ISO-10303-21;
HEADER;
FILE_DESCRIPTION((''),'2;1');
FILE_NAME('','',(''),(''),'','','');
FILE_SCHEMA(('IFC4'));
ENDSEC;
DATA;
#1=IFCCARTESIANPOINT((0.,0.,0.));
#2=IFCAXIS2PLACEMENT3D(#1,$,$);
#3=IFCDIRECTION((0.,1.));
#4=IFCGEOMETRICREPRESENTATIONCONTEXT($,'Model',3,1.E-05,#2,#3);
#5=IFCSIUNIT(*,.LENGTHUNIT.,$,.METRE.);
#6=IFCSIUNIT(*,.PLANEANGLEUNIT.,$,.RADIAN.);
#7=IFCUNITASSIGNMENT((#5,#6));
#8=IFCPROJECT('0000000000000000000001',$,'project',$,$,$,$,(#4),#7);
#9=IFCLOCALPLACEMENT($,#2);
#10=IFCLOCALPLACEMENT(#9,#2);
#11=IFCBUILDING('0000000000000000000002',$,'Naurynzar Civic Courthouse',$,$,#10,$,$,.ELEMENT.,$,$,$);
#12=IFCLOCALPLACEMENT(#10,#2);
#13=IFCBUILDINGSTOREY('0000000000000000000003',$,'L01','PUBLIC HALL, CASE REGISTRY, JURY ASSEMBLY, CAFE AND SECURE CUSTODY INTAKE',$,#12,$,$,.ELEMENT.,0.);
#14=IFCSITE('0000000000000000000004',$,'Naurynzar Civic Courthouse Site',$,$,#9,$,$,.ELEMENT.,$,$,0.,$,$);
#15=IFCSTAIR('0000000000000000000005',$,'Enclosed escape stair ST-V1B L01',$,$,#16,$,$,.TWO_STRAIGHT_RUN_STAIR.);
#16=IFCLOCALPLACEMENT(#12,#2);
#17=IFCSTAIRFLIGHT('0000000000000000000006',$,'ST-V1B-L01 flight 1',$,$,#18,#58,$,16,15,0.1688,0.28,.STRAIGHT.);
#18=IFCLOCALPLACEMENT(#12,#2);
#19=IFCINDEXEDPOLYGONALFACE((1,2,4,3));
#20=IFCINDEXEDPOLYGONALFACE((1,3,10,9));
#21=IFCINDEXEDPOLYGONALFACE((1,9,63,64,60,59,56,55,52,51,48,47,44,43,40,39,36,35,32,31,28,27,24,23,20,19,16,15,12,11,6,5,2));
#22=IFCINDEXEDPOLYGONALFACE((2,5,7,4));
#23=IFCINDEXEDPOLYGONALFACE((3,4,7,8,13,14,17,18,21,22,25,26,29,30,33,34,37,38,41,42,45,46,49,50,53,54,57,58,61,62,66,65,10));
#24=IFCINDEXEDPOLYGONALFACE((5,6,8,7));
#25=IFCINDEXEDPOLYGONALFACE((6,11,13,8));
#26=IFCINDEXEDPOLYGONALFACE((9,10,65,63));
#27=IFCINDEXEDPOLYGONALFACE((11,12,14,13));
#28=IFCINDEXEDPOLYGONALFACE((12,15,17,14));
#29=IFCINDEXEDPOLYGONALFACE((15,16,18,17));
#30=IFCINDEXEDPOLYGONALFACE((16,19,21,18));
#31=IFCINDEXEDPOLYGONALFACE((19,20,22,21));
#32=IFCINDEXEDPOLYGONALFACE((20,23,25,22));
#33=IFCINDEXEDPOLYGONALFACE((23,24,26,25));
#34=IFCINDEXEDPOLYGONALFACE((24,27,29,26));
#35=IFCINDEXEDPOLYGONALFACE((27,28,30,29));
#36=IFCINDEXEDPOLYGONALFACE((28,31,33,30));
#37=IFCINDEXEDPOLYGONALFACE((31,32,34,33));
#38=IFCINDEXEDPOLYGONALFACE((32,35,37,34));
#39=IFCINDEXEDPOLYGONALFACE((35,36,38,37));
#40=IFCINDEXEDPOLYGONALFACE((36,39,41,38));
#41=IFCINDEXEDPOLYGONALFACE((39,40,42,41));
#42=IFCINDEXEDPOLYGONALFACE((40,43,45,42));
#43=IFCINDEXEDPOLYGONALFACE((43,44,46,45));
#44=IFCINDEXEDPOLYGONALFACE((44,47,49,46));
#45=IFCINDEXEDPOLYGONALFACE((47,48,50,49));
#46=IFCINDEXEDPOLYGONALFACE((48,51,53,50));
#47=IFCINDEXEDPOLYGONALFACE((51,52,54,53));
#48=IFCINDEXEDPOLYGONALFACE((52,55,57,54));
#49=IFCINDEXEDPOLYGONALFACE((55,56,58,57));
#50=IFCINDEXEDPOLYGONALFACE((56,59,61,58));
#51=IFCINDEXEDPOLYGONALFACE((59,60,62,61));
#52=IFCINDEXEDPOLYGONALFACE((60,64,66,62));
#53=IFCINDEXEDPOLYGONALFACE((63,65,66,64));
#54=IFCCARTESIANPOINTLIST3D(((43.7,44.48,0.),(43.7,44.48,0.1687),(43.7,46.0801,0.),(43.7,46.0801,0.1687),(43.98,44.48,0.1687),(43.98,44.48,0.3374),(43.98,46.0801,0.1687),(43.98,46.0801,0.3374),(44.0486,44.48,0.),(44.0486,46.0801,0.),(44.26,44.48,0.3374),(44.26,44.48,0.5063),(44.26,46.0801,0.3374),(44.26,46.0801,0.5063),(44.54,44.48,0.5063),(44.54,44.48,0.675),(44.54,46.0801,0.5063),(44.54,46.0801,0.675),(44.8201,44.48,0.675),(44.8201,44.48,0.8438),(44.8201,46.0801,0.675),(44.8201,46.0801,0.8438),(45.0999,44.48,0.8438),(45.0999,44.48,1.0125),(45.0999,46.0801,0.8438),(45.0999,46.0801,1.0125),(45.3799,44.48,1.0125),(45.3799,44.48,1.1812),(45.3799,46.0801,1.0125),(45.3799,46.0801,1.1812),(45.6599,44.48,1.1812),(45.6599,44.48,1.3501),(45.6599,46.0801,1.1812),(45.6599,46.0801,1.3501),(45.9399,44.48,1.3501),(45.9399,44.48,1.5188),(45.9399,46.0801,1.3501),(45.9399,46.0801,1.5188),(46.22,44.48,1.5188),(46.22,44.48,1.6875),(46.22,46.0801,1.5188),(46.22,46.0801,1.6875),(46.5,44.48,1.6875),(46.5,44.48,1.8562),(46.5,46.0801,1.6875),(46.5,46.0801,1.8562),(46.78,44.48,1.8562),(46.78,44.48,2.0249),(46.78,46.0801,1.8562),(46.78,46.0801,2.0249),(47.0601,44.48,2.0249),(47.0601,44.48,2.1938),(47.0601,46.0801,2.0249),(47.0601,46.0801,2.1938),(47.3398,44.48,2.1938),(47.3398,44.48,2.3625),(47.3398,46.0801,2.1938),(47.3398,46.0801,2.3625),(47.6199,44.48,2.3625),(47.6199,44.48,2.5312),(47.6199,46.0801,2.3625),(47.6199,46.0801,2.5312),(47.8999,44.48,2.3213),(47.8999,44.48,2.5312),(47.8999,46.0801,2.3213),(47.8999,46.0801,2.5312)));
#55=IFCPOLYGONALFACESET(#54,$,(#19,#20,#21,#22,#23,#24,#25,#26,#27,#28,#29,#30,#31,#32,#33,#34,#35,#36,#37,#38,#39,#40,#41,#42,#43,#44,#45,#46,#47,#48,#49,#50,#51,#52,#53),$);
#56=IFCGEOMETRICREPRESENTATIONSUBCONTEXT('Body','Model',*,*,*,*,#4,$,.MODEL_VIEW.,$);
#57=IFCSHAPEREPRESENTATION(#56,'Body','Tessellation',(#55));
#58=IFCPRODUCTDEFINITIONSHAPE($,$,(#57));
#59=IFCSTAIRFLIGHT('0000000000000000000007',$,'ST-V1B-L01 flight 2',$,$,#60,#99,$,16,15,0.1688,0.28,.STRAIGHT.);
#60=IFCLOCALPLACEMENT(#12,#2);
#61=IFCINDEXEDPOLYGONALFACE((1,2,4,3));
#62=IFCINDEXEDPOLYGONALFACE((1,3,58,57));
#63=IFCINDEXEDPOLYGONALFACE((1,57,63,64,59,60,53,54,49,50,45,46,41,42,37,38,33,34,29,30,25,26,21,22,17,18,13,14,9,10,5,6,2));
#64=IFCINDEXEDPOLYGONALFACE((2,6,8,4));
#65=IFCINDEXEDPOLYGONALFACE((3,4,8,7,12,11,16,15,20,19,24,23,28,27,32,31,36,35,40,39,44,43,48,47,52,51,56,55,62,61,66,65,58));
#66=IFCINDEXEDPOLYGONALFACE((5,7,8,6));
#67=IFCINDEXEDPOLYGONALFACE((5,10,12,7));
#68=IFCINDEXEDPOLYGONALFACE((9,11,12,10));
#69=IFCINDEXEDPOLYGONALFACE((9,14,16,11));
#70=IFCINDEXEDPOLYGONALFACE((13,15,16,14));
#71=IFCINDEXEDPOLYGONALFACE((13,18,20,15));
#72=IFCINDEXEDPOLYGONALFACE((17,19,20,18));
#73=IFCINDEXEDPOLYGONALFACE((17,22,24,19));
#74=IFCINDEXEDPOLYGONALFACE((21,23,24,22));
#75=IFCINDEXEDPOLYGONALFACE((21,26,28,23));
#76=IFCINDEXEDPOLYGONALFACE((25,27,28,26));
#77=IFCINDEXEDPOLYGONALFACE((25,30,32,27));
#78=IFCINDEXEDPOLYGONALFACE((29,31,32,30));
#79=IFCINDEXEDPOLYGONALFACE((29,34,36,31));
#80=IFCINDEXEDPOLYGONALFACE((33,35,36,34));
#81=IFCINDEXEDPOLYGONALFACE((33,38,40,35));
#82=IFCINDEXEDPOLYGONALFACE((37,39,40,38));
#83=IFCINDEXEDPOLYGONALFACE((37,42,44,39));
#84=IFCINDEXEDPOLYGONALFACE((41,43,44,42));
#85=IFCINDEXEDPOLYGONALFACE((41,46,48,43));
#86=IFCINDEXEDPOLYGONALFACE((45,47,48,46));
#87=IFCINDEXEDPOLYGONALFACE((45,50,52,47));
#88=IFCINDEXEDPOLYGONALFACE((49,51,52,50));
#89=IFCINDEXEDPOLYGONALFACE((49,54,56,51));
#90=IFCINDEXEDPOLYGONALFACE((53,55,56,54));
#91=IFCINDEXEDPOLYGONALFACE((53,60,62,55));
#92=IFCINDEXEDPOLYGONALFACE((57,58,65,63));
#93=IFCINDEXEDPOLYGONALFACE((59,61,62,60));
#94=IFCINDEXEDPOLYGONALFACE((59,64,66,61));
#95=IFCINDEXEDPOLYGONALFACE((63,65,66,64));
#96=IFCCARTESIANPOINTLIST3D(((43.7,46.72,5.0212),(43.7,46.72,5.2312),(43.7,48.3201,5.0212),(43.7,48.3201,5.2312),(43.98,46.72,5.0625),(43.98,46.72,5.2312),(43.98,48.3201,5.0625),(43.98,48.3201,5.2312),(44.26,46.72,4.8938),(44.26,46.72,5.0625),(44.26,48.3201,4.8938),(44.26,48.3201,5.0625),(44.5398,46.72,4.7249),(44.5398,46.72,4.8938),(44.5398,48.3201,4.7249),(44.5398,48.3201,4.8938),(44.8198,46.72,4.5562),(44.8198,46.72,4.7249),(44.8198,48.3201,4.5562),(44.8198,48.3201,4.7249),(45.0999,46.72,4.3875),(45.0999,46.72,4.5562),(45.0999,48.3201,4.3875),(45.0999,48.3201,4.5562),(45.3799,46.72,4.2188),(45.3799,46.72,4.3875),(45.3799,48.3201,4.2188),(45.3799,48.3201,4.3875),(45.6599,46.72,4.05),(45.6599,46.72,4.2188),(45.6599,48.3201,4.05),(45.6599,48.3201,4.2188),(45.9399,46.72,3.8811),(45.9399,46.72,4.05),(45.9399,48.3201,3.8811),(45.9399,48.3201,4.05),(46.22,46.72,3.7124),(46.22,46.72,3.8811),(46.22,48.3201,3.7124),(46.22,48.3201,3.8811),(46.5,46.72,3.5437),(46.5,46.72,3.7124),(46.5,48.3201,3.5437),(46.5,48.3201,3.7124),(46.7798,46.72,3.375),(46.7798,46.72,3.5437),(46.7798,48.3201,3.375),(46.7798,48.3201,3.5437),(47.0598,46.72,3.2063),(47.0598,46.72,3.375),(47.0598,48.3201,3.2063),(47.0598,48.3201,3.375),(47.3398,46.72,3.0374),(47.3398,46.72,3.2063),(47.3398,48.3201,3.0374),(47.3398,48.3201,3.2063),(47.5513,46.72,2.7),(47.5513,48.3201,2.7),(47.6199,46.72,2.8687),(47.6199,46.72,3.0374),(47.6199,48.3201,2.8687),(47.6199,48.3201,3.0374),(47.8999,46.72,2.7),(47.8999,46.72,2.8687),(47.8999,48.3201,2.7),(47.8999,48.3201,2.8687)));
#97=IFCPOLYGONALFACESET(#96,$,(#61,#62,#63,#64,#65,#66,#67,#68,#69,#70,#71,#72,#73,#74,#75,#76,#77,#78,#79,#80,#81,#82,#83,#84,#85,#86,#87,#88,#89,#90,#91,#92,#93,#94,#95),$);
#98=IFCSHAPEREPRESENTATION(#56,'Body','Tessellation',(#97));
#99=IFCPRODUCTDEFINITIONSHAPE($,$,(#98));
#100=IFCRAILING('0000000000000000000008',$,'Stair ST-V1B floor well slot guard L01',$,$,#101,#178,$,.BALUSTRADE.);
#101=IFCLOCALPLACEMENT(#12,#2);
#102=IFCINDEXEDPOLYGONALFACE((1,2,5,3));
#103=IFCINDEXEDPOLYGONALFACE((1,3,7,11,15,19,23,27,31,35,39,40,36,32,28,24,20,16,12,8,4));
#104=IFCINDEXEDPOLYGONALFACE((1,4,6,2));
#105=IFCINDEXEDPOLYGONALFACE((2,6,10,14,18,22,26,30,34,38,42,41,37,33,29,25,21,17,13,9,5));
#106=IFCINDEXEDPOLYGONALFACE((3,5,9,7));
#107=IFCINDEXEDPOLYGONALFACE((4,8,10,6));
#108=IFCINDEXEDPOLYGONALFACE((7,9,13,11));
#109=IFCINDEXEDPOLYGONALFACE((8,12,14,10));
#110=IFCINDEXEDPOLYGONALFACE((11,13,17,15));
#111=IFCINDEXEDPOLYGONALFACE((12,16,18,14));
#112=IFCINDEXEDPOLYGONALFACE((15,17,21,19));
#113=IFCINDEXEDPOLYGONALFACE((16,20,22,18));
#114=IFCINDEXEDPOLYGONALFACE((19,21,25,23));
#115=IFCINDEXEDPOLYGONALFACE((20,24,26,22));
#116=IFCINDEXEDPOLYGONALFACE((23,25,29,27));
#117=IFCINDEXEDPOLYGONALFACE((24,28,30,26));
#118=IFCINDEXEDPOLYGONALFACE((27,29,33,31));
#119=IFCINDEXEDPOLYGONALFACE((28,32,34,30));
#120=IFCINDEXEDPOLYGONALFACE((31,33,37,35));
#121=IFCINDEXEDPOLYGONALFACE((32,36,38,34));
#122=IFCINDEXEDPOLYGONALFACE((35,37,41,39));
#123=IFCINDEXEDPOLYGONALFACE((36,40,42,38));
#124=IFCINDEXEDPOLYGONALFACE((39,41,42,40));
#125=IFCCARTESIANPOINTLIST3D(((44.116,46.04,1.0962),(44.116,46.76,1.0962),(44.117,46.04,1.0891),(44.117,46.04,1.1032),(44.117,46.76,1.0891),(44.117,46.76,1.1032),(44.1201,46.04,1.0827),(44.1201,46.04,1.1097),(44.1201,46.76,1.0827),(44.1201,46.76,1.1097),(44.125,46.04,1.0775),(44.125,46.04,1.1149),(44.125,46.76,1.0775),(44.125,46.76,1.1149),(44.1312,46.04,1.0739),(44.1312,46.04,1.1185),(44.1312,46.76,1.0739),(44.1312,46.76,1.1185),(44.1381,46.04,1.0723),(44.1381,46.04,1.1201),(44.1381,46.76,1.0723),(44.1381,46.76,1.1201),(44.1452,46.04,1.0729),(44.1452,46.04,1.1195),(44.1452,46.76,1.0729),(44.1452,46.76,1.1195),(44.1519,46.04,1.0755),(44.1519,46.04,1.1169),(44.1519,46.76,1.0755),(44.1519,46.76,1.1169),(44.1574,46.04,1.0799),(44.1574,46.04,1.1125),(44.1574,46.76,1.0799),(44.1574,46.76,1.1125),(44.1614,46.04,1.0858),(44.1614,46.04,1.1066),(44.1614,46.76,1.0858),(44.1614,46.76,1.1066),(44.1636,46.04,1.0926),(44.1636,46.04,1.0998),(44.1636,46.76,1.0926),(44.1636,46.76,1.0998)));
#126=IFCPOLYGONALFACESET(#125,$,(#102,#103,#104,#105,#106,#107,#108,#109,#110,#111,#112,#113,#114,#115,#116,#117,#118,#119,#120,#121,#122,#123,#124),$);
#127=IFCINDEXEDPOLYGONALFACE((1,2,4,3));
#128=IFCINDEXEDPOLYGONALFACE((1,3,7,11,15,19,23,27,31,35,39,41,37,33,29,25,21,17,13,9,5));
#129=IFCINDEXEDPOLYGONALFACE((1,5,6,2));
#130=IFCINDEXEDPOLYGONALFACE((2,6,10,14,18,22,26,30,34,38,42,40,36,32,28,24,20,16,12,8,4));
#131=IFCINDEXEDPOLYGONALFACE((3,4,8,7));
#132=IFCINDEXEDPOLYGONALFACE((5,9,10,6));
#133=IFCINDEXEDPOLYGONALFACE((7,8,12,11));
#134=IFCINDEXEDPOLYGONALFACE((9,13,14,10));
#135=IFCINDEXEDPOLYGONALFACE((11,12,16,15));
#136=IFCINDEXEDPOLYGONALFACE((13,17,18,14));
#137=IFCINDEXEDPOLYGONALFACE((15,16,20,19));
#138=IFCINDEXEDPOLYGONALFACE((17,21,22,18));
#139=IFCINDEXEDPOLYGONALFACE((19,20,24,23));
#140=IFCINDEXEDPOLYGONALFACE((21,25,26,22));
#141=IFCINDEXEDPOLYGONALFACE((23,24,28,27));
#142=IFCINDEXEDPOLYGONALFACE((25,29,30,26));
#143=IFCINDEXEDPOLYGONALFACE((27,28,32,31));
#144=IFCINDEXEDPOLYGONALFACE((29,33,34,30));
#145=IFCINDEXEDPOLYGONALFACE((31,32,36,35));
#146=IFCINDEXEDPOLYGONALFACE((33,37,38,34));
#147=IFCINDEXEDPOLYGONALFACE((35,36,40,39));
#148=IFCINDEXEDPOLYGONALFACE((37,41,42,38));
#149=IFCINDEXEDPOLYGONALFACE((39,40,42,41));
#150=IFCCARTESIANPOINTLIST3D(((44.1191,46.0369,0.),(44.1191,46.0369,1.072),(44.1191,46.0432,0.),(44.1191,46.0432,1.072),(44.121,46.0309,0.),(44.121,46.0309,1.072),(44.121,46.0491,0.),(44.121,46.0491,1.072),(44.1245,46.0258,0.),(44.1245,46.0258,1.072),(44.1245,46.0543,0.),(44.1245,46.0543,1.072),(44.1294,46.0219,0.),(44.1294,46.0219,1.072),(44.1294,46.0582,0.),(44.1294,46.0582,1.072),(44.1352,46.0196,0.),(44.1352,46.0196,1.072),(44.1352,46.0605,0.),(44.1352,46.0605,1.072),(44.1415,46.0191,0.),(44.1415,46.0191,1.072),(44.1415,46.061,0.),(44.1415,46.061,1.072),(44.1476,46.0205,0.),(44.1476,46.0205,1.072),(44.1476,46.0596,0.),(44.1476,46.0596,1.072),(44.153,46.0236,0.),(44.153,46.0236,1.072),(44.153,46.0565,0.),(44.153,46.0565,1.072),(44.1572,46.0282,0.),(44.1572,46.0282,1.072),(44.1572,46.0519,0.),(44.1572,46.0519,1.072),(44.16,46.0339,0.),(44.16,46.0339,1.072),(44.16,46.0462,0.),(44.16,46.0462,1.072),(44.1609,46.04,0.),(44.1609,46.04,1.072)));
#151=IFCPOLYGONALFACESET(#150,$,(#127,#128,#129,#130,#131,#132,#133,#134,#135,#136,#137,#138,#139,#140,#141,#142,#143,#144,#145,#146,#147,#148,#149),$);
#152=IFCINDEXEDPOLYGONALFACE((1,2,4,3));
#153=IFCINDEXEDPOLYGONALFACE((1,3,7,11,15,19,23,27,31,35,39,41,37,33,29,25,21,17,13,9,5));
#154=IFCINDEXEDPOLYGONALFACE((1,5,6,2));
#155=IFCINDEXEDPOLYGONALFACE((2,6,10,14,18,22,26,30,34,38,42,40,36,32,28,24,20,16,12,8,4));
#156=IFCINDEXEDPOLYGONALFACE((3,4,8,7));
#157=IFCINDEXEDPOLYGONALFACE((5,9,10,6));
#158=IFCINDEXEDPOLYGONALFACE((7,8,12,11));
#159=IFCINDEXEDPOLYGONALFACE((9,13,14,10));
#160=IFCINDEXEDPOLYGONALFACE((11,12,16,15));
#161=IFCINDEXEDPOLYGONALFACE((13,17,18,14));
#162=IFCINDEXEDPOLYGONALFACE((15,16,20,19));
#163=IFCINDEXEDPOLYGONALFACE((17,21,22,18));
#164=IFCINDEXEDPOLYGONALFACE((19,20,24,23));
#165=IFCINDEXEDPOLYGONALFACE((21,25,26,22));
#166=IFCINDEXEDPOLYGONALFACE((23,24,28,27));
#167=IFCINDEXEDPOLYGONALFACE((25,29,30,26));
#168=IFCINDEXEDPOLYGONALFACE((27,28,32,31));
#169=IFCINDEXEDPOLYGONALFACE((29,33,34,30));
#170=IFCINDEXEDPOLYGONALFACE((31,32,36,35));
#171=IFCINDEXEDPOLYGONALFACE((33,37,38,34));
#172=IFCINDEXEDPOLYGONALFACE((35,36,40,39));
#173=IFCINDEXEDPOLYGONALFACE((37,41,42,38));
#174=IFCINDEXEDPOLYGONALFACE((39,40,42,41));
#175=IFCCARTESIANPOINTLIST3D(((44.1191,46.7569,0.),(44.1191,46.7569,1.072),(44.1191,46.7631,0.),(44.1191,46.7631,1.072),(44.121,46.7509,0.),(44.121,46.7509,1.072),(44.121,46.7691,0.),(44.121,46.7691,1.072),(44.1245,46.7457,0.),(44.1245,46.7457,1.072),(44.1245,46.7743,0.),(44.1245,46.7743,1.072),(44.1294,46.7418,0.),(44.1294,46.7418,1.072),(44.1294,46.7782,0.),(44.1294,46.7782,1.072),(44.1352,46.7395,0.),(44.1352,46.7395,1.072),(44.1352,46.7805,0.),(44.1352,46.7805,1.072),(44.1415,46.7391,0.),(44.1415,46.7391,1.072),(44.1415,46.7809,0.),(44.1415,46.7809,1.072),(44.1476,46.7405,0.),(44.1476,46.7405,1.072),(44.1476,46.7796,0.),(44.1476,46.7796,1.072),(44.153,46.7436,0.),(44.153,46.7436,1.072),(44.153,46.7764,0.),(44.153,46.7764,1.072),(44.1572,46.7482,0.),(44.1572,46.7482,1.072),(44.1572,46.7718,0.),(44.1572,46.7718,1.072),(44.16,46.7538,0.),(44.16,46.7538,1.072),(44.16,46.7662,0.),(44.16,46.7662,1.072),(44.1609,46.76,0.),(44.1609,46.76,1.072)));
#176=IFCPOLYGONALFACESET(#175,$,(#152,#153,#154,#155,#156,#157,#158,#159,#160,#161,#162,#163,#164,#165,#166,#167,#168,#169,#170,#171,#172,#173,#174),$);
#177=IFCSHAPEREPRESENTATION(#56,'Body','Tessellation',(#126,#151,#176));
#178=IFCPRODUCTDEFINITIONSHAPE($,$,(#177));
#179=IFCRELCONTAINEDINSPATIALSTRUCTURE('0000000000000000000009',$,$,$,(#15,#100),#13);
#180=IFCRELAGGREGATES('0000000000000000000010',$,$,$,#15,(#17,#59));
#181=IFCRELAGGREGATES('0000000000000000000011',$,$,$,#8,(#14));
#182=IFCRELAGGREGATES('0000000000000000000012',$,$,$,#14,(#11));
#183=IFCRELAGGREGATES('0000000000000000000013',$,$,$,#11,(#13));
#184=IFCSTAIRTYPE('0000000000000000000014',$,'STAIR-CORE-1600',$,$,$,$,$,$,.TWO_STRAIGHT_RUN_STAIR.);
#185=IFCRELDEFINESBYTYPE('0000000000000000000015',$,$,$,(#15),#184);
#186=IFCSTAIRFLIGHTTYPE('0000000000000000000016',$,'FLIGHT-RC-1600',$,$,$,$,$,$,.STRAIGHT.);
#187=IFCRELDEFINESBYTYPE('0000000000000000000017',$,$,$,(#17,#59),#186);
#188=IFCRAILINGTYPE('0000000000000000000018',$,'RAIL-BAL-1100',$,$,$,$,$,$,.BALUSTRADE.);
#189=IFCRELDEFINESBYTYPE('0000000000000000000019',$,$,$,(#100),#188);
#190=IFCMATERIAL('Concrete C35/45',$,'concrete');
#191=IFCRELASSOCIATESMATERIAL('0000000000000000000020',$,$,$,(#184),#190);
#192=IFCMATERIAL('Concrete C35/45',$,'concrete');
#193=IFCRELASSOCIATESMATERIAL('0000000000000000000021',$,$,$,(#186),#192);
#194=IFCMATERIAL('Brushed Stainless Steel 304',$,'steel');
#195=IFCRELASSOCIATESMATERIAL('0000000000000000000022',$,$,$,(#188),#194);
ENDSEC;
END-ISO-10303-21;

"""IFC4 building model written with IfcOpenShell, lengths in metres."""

from ifc_helpers import new_model, si_unit, direction, frame, origin, origin_2d, place, context, subcontext, project, spatial, polyline, circle, outline, extrude, material, type_object, element, aggregate, save


model = new_model("IFC4")

# Units and contexts
model_context = context("Model", 3, precision=1e-05, world=origin(), true_north=direction((0.0, 1.0)))
body_context = subcontext(model_context, "Body", "Model", "MODEL_VIEW")
ifc_project = project(units=[si_unit("LENGTHUNIT", "METRE"), si_unit("PLANEANGLEUNIT", "RADIAN")], contexts=[model_context])

# Site, building, storey
site_placement = place(None, origin())
site = spatial("IfcSite", under=ifc_project, at=site_placement, Name="Naurynzar Civic Courthouse Site", CompositionType="ELEMENT", RefElevation=0.0)
building_placement = place(site_placement, origin())
building = spatial("IfcBuilding", under=site, at=building_placement, Name="Naurynzar Civic Courthouse", CompositionType="ELEMENT")
storey_placement = place(building_placement, origin())
storey = spatial("IfcBuildingStorey", under=building, at=storey_placement, Name="L01", Description="PUBLIC HALL, CASE REGISTRY, JURY ASSEMBLY, CAFE AND SECURE CUSTODY INTAKE", CompositionType="ELEMENT", Elevation=0.0)

# Stair, stair flights
ifc_material_1 = material(Name="Concrete C35/45", Category="concrete")
stair_type = type_object("IfcStairType", Name="STAIR-CORE-1600", PredefinedType="TWO_STRAIGHT_RUN_STAIR", material=ifc_material_1)
stair_placement = place(storey_placement, origin())
stair = element("IfcStair", 1, at=stair_placement, inside=storey, type_object=stair_type, Name="Enclosed escape stair ST-V1B L01", PredefinedType="TWO_STRAIGHT_RUN_STAIR")
ifc_material_2 = material(Name="Concrete C35/45", Category="concrete")
stair_flight_type = type_object("IfcStairFlightType", Name="FLIGHT-RC-1600", PredefinedType="STRAIGHT", material=ifc_material_2)
stair_flight_1_placement = place(storey_placement, frame((43.7, 45.28, 0.0), z_axis=(0.0, 0.0, 1.0), x_axis=(1.0, 0.0, 0.0)))
stair_flight_1 = element("IfcStairFlight", 2, at=stair_flight_1_placement, type_object=stair_flight_type, Name="ST-V1B-L01 flight 1", NumberOfRisers=16, NumberOfTreads=15, PredefinedType="STRAIGHT", RiserHeight=0.1688, TreadLength=0.28, context=body_context, shape_type="SweptSolid", body=[
    extrude(outline(polyline([(0.0, 0.0), (0.0, 0.1687), (0.28, 0.1687), (0.28, 0.3374), (0.5601, 0.3374), (0.5601, 0.5063), (0.8401, 0.5063), (0.8401, 0.675), (1.1201, 0.675), (1.1201, 0.8438), (1.3999, 0.8438), (1.3999, 1.0125), (1.6799, 1.0125), (1.6799, 1.1812), (1.96, 1.1812), (1.96, 1.3501), (2.24, 1.3501), (2.24, 1.5188), (2.52, 1.5188), (2.52, 1.6875), (2.8, 1.6875), (2.8, 1.8562), (3.0801, 1.8562), (3.0801, 2.0249), (3.3601, 2.0249), (3.3601, 2.1938), (3.6399, 2.1938), (3.6399, 2.3625), (3.9199, 2.3625), (3.9199, 2.5312), (4.2, 2.5312), (4.2, 2.7), (4.2, 2.3213), (0.3486, 0.0), (0.0, 0.0)])), frame((0.0, 0.8, 0.0), z_axis=(0.0, -1.0, 0.0), x_axis=(1.0, 0.0, 0.0)), (0.0, 0.0, 1.0), 1.6001),
])
stair_flight_2_placement = place(storey_placement, frame((47.8999, 47.52, 2.7), z_axis=(0.0, 0.0, 1.0), x_axis=(-1.0, 0.0, 0.0)))
stair_flight_2 = element("IfcStairFlight", 3, at=stair_flight_2_placement, type_object=stair_flight_type, Name="ST-V1B-L01 flight 2", NumberOfRisers=16, NumberOfTreads=15, PredefinedType="STRAIGHT", RiserHeight=0.1688, TreadLength=0.28, context=body_context, shape_type="SweptSolid", body=[
    extrude(outline(polyline([(0.0, 0.0), (0.0, 0.1687), (0.28, 0.1687), (0.28, 0.3374), (0.5601, 0.3374), (0.5601, 0.5063), (0.8401, 0.5063), (0.8401, 0.675), (1.1201, 0.675), (1.1201, 0.8438), (1.3999, 0.8438), (1.3999, 1.0125), (1.6799, 1.0125), (1.6799, 1.1812), (1.96, 1.1812), (1.96, 1.3501), (2.24, 1.3501), (2.24, 1.5188), (2.52, 1.5188), (2.52, 1.6875), (2.8, 1.6875), (2.8, 1.8562), (3.0801, 1.8562), (3.0801, 2.0249), (3.3601, 2.0249), (3.3601, 2.1938), (3.6399, 2.1938), (3.6399, 2.3625), (3.9199, 2.3625), (3.9199, 2.5312), (4.2, 2.5312), (4.2, 2.7), (4.2, 2.3213), (0.3486, 0.0), (0.0, 0.0)])), frame((0.0, 0.8, 0.0), z_axis=(0.0, -1.0, 0.0), x_axis=(1.0, 0.0, 0.0)), (0.0, 0.0, 1.0), 1.6001),
])
aggregate(stair, [stair_flight_1, stair_flight_2])

# Railing
ifc_material_3 = material(Name="Brushed Stainless Steel 304", Category="steel")
railing_type_1 = type_object("IfcRailingType", Name="RAIL-BAL-1100", PredefinedType="BALUSTRADE", material=ifc_material_3)
for number, where, name in (
    (4, (44.1399, 46.04, 0.0), "Stair ST-V1B floor well slot guard L01"),
):
    element("IfcRailing", number, at=place(storey_placement, frame(where)), inside=storey, type_object=railing_type_1, Name=name, PredefinedType="BALUSTRADE", context=body_context, shape_type="SweptSolid", body=[
        extrude(circle(Radius=0.0239, at=origin_2d()), frame((0.0, 0.0, 1.0962), z_axis=(0.0, 1.0, 0.0), x_axis=(-1.0, 0.0, 0.0)), (0.0, 0.0, 1.0), 0.72),
        extrude(circle(Radius=0.021, at=origin_2d()), origin(), (0.0, 0.0, 1.0), 1.072),
        extrude(circle(Radius=0.021, at=origin_2d()), frame((0.0, 0.72, 0.0)), (0.0, 0.0, 1.0), 1.072),
    ])

save(model, "model.ifc")
